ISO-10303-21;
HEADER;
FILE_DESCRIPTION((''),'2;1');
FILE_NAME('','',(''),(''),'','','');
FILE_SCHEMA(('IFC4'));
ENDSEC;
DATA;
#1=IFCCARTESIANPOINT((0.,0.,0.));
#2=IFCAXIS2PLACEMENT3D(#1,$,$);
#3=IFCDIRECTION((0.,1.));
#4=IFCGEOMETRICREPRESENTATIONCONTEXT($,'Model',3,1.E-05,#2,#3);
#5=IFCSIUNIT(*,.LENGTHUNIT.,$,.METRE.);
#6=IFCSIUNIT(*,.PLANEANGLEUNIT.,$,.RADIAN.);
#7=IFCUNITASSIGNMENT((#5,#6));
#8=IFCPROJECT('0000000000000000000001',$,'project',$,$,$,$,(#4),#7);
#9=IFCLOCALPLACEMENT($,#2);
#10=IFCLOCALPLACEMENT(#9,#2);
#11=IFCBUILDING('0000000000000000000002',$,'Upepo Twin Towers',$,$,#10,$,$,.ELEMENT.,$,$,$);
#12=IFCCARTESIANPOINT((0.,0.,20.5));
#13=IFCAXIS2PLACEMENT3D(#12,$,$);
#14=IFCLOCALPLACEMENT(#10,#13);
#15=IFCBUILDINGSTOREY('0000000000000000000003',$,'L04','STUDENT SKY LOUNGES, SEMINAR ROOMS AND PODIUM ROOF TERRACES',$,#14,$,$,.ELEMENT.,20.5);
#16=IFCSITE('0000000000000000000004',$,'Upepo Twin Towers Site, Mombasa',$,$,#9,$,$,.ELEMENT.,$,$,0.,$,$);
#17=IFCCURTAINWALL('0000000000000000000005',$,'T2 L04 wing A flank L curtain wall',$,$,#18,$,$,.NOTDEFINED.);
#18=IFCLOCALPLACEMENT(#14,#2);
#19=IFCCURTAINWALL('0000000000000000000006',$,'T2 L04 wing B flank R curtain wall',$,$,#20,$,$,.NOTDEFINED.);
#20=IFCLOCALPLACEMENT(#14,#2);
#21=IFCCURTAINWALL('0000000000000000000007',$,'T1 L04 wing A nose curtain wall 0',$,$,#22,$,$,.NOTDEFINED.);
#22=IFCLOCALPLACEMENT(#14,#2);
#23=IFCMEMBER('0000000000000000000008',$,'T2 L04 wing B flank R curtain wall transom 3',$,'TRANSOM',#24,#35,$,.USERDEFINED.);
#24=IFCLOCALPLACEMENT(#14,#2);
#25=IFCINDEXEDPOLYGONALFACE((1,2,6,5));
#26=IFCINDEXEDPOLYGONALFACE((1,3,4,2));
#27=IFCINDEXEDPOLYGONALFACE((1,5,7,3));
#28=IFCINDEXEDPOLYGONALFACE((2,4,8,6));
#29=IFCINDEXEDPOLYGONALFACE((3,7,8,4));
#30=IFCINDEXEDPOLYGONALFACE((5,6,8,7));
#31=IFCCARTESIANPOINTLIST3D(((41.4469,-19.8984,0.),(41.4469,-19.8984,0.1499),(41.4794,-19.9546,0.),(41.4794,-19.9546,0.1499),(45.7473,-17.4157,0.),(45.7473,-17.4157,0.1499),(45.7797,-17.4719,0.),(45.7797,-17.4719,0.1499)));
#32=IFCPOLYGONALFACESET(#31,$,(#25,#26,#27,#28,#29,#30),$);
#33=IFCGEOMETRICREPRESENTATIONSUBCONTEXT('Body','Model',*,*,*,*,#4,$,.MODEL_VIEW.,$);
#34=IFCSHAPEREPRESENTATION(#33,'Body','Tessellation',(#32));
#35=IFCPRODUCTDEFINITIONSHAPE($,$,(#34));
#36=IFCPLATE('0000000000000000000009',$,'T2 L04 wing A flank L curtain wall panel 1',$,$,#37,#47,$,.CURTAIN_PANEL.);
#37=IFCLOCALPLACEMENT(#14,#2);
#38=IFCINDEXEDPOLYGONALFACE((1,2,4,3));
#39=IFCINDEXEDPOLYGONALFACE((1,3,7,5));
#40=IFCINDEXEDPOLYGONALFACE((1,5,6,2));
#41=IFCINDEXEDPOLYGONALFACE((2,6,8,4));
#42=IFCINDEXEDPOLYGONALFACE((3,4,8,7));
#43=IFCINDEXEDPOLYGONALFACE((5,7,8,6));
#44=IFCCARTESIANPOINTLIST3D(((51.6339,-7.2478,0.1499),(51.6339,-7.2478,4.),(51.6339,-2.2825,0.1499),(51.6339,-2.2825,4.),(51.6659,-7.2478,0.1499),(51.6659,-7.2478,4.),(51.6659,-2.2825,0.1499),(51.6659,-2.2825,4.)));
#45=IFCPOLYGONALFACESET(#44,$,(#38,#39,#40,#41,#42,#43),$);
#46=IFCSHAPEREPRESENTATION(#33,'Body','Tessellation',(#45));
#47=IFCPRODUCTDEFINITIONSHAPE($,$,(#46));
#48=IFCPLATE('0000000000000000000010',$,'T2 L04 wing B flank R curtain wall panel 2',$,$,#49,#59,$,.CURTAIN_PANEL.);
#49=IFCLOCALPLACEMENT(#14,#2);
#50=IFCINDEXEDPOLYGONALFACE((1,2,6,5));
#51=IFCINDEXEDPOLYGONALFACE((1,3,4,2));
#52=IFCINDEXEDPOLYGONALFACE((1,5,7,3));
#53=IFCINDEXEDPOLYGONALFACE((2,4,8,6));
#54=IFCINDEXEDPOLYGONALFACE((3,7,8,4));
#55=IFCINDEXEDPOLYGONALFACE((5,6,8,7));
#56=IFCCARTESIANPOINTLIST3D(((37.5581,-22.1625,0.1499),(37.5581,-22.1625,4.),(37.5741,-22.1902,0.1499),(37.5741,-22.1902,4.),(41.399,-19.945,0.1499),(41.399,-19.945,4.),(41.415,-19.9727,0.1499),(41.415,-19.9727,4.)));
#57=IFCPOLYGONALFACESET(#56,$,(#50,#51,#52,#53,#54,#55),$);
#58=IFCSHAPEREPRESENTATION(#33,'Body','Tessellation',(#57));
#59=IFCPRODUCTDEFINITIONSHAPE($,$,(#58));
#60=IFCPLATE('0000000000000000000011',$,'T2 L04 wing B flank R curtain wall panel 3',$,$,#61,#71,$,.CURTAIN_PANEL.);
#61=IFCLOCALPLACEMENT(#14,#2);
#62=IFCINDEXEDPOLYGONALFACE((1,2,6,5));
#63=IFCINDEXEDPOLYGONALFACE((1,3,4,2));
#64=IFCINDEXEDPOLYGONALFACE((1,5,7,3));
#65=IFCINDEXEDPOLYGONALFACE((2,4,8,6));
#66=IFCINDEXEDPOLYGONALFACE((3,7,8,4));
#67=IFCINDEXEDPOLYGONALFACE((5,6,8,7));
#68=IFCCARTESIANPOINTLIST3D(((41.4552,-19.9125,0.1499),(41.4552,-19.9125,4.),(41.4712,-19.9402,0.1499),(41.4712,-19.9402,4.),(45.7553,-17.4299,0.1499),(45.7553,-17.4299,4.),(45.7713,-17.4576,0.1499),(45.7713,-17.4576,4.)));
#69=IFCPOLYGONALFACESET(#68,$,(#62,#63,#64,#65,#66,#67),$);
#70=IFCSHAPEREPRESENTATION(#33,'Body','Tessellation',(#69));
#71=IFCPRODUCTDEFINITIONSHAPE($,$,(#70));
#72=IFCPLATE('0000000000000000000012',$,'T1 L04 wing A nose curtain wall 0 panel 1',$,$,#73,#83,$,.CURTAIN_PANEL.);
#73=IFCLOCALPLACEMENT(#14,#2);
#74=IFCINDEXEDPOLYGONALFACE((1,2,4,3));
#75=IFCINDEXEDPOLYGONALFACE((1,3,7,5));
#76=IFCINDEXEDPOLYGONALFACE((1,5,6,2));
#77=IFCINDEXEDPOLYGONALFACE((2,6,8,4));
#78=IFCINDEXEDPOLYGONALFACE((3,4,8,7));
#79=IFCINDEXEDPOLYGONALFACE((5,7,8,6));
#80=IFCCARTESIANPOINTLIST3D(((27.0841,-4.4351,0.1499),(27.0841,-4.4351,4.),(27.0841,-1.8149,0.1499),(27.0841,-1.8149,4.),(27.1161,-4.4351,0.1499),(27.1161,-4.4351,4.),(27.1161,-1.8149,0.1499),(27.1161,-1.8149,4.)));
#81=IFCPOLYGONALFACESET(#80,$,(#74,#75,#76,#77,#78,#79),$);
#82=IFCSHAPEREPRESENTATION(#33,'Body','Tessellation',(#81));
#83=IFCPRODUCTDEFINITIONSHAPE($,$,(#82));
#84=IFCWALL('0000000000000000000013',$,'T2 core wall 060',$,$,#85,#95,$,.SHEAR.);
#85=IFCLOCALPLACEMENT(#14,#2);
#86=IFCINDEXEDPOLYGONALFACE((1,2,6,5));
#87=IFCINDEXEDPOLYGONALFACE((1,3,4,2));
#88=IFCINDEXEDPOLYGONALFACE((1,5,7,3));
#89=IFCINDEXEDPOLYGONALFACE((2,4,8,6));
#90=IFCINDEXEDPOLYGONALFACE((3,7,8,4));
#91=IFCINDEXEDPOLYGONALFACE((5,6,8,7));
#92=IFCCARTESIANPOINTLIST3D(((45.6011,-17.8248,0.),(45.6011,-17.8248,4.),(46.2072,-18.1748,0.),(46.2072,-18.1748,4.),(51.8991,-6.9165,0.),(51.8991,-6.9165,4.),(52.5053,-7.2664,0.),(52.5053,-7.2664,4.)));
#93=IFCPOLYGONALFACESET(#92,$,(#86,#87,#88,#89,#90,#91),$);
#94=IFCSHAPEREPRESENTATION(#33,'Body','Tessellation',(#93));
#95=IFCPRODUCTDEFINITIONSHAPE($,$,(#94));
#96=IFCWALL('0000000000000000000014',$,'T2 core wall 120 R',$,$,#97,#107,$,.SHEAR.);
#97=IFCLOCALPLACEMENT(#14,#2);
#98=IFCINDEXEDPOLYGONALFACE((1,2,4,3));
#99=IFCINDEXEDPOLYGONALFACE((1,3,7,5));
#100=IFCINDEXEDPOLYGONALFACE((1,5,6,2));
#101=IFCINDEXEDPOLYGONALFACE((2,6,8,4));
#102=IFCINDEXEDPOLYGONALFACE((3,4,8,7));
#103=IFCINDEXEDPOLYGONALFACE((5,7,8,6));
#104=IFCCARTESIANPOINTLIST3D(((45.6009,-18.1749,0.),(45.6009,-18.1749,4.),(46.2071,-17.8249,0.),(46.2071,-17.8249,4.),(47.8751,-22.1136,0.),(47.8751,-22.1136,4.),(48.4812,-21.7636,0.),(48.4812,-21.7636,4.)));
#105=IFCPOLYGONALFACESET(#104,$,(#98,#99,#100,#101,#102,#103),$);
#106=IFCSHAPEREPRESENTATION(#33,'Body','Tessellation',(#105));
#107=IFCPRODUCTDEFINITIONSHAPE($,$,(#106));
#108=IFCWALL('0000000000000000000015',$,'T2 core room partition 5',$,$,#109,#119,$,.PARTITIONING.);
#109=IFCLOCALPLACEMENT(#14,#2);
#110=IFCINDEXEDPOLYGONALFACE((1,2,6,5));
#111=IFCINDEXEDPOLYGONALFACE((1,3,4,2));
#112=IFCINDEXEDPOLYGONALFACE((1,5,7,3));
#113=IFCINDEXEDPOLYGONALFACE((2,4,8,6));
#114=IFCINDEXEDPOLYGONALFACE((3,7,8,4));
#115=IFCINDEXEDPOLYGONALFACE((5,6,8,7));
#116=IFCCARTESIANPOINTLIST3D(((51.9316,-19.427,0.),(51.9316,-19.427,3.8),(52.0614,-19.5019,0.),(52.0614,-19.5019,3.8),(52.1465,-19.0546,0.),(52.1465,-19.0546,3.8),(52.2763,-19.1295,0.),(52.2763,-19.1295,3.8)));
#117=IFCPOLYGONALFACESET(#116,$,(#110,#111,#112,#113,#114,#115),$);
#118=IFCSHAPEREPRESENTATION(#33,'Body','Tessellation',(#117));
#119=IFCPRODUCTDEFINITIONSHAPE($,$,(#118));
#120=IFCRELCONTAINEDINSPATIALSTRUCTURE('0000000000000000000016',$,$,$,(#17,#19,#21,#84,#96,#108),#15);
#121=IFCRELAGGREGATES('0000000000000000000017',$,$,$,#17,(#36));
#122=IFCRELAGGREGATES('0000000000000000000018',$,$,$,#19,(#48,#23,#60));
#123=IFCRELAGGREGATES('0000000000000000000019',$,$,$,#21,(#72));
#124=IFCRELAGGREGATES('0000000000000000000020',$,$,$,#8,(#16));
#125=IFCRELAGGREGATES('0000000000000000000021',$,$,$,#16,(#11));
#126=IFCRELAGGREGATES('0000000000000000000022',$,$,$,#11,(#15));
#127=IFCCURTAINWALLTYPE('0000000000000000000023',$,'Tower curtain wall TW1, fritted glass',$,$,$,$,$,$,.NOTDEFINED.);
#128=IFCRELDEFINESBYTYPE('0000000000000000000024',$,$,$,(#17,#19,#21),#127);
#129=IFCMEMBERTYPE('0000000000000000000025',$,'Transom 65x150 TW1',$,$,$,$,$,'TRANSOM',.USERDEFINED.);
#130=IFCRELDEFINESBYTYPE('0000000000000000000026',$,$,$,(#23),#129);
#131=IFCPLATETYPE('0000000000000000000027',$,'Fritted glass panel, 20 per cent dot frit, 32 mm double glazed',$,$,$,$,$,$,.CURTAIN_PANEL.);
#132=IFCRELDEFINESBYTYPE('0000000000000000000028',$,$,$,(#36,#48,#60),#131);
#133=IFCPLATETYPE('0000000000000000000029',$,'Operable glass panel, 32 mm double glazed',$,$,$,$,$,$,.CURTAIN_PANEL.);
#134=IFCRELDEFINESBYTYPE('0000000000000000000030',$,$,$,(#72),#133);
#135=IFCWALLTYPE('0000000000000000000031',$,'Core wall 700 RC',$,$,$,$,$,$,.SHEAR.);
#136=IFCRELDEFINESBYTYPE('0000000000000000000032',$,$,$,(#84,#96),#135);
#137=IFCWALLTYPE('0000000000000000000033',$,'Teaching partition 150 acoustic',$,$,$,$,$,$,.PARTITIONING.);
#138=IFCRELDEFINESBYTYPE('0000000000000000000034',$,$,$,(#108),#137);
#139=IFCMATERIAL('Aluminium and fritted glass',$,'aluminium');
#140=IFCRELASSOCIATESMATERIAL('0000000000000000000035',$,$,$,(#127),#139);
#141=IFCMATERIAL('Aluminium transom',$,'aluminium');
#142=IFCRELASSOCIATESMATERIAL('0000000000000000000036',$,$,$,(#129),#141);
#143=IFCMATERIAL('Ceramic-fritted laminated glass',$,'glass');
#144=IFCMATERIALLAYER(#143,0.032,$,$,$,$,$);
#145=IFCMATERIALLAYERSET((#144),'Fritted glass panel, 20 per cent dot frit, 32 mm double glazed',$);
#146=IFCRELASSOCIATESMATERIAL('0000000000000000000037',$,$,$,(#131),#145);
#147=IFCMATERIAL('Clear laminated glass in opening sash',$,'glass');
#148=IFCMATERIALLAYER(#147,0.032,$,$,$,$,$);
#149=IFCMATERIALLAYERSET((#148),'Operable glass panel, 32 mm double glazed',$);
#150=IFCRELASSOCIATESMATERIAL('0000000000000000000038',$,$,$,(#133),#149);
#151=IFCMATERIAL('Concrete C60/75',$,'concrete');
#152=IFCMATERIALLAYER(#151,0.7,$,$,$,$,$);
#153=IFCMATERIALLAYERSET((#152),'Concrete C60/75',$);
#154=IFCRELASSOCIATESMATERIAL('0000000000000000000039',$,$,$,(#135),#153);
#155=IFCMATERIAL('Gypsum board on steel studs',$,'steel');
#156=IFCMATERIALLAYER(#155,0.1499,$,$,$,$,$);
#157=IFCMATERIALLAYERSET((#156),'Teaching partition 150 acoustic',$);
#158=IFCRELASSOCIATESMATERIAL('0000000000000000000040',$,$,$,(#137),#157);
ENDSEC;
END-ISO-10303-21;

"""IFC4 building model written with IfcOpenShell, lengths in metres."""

from ifc_helpers import new_model, si_unit, direction, frame, frame_2d, origin, origin_2d, place, context, subcontext, project, spatial, rectangle, extrude, material, layer, layer_set, material_profile, profile_set, type_object, element, aggregate, save


model = new_model("IFC4")

# Units and contexts
model_context = context("Model", 3, precision=1e-05, world=origin(), true_north=direction((0.0, 1.0)))
body_context = subcontext(model_context, "Body", "Model", "MODEL_VIEW")
ifc_project = project(units=[si_unit("LENGTHUNIT", "METRE"), si_unit("PLANEANGLEUNIT", "RADIAN")], contexts=[model_context])

# Site, building, storey
site_placement = place(None, origin())
site = spatial("IfcSite", under=ifc_project, at=site_placement, Name="Upepo Twin Towers Site, Mombasa", CompositionType="ELEMENT", RefElevation=0.0)
building_placement = place(site_placement, origin())
building = spatial("IfcBuilding", under=site, at=building_placement, Name="Upepo Twin Towers", CompositionType="ELEMENT")
storey_placement = place(building_placement, frame((0.0, 0.0, 20.5)))
storey = spatial("IfcBuildingStorey", under=building, at=storey_placement, Name="L04", Description="STUDENT SKY LOUNGES, SEMINAR ROOMS AND PODIUM ROOF TERRACES", CompositionType="ELEMENT", Elevation=20.5)

# Curtain wall
ifc_material_1 = material(Name="Aluminium and fritted glass", Category="aluminium")
curtain_wall_type = type_object("IfcCurtainWallType", Name="Tower curtain wall TW1, fritted glass", PredefinedType="NOTDEFINED", material=ifc_material_1)
curtain_wall_1_placement = place(storey_placement, origin())
curtain_wall_1 = element("IfcCurtainWall", 1, at=curtain_wall_1_placement, inside=storey, type_object=curtain_wall_type, Name="T2 L04 wing A flank L curtain wall", PredefinedType="NOTDEFINED")

# Curtain wall
curtain_wall_2_placement = place(storey_placement, origin())
curtain_wall_2 = element("IfcCurtainWall", 2, at=curtain_wall_2_placement, inside=storey, type_object=curtain_wall_type, Name="T2 L04 wing B flank R curtain wall", PredefinedType="NOTDEFINED")

# Curtain wall
curtain_wall_3_placement = place(storey_placement, origin())
curtain_wall_3 = element("IfcCurtainWall", 3, at=curtain_wall_3_placement, inside=storey, type_object=curtain_wall_type, Name="T1 L04 wing A nose curtain wall 0", PredefinedType="NOTDEFINED")
ifc_material_2 = material(Name="Aluminium transom", Category="aluminium")
ifc_material_profile_1 = material_profile(ifc_material_2, rectangle(XDim=0.0649, YDim=0.1499, at=origin_2d()), Name="TRANSOM 65x150")
ifc_profile_set_1 = profile_set([ifc_material_profile_1], Name="Aluminium transom")
member_type_1 = type_object("IfcMemberType", Name="Transom 65x150 TW1", ElementType="TRANSOM", PredefinedType="USERDEFINED", material=ifc_profile_set_1)

# Member
member_1_placement = place(storey_placement, frame((41.4631, -19.9265, 0.075), z_axis=(0.866035, 0.499983, 0.0), x_axis=(-0.499983, 0.866035, 0.0)))
member_1 = element("IfcMember", 4, at=member_1_placement, type_object=member_type_1, Name="T2 L04 wing B flank R curtain wall transom 3", ObjectType="TRANSOM", PredefinedType="USERDEFINED", context=body_context, shape_type="SweptSolid", body=[
    extrude(rectangle(XDim=0.0649, YDim=0.1499, at=origin_2d()), origin(), (0.0, 0.0, 1.0), 4.9656),
])

# Plates
ifc_material_3 = material(Name="Ceramic-fritted laminated glass", Category="glass")
ifc_layer_1 = layer(ifc_material_3, 0.032)
ifc_layer_set_1 = layer_set([ifc_layer_1], Name="Fritted glass panel, 20 per cent dot frit, 32 mm double glazed")
plate_type_1 = type_object("IfcPlateType", Name="Fritted glass panel, 20 per cent dot frit, 32 mm double glazed", PredefinedType="CURTAIN_PANEL", material=ifc_layer_set_1)
plate_1_placement = place(storey_placement, frame((51.6499, -4.7651, 0.1499), z_axis=(0.0, 0.0, 1.0), x_axis=(0.0, 1.0, 0.0)))
plate_1 = element("IfcPlate", 5, at=plate_1_placement, type_object=plate_type_1, Name="T2 L04 wing A flank L curtain wall panel 1", PredefinedType="CURTAIN_PANEL", context=body_context, shape_type="SweptSolid", body=[
    extrude(rectangle(XDim=4.9653, YDim=0.032, at=origin_2d()), origin(), (0.0, 0.0, 1.0), 3.8501),
])
aggregate(curtain_wall_1, [plate_1])
plate_2_placement = place(storey_placement, frame((39.4866, -21.0676, 0.1499), z_axis=(0.0, 0.0, 1.0), x_axis=(0.866025, 0.5, 0.0)))
plate_2 = element("IfcPlate", 6, at=plate_2_placement, type_object=plate_type_1, Name="T2 L04 wing B flank R curtain wall panel 2", PredefinedType="CURTAIN_PANEL", context=body_context, shape_type="SweptSolid", body=[
    extrude(rectangle(XDim=4.4351, YDim=0.032, at=origin_2d()), origin(), (0.0, 0.0, 1.0), 3.8501),
])
plate_3_placement = place(storey_placement, frame((43.6133, -18.6851, 0.1499), z_axis=(0.0, 0.0, 1.0), x_axis=(0.866025, 0.5, 0.0)))
plate_3 = element("IfcPlate", 7, at=plate_3_placement, type_object=plate_type_1, Name="T2 L04 wing B flank R curtain wall panel 3", PredefinedType="CURTAIN_PANEL", context=body_context, shape_type="SweptSolid", body=[
    extrude(rectangle(XDim=4.9653, YDim=0.032, at=origin_2d()), origin(), (0.0, 0.0, 1.0), 3.8501),
])
aggregate(curtain_wall_2, [plate_2, member_1, plate_3])
ifc_material_4 = material(Name="Clear laminated glass in opening sash", Category="glass")
ifc_layer_2 = layer(ifc_material_4, 0.032)
ifc_layer_set_2 = layer_set([ifc_layer_2], Name="Operable glass panel, 32 mm double glazed")
plate_type_2 = type_object("IfcPlateType", Name="Operable glass panel, 32 mm double glazed", PredefinedType="CURTAIN_PANEL", material=ifc_layer_set_2)
plate_4_placement = place(storey_placement, frame((27.1001, -3.125, 0.1499), z_axis=(0.0, 0.0, 1.0), x_axis=(0.0, 1.0, 0.0)))
plate_4 = element("IfcPlate", 8, at=plate_4_placement, type_object=plate_type_2, Name="T1 L04 wing A nose curtain wall 0 panel 1", PredefinedType="CURTAIN_PANEL", context=body_context, shape_type="SweptSolid", body=[
    extrude(rectangle(XDim=2.6201, YDim=0.032, at=origin_2d()), origin(), (0.0, 0.0, 1.0), 3.8501),
])
aggregate(curtain_wall_3, [plate_4])

# Walls
ifc_material_5 = material(Name="Concrete C60/75", Category="concrete")
ifc_layer_3 = layer(ifc_material_5, 0.7)
ifc_layer_set_3 = layer_set([ifc_layer_3], Name="Concrete C60/75")
wall_type_1 = type_object("IfcWallType", Name="Core wall 700 RC", PredefinedType="SHEAR", material=ifc_layer_set_3)
wall_1_placement = place(storey_placement, frame((52.2021, -7.0916, 0.0), z_axis=(0.0, 0.0, 1.0), x_axis=(-0.500006, -0.866022, 0.0)))
element("IfcWall", 9, at=wall_1_placement, inside=storey, type_object=wall_type_1, Name="T2 core wall 060", PredefinedType="SHEAR", context=body_context, shape_type="SweptSolid", body=[
    extrude(rectangle(XDim=12.5959, YDim=0.7, at=frame_2d((6.2979, 0.0))), origin(), (0.0, 0.0, 1.0), 4.0),
])
wall_2_placement = place(storey_placement, frame((45.9041, -18.0, 0.0), z_axis=(0.0, 0.0, 1.0), x_axis=(0.500024, -0.866011, 0.0)))
element("IfcWall", 10, at=wall_2_placement, inside=storey, type_object=wall_type_1, Name="T2 core wall 120 R", PredefinedType="SHEAR", context=body_context, shape_type="SweptSolid", body=[
    extrude(rectangle(XDim=4.5481, YDim=0.7, at=frame_2d((2.2739, 0.0))), origin(), (0.0, 0.0, 1.0), 4.0),
])
ifc_material_6 = material(Name="Gypsum board on steel studs", Category="steel")
ifc_layer_4 = layer(ifc_material_6, 0.1499)
ifc_layer_set_4 = layer_set([ifc_layer_4], Name="Teaching partition 150 acoustic")
wall_type_2 = type_object("IfcWallType", Name="Teaching partition 150 acoustic", PredefinedType="PARTITIONING", material=ifc_layer_set_4)
wall_3_placement = place(storey_placement, frame((51.9966, -19.4644, 0.0), z_axis=(0.0, 0.0, 1.0), x_axis=(0.499804, 0.866138, 0.0)))
element("IfcWall", 11, at=wall_3_placement, inside=storey, type_object=wall_type_2, Name="T2 core room partition 5", PredefinedType="PARTITIONING", context=body_context, shape_type="SweptSolid", body=[
    extrude(rectangle(XDim=0.4299, YDim=0.1499, at=frame_2d((0.2148, 0.0))), origin(), (0.0, 0.0, 1.0), 3.8),
])

save(model, "model.ifc")
